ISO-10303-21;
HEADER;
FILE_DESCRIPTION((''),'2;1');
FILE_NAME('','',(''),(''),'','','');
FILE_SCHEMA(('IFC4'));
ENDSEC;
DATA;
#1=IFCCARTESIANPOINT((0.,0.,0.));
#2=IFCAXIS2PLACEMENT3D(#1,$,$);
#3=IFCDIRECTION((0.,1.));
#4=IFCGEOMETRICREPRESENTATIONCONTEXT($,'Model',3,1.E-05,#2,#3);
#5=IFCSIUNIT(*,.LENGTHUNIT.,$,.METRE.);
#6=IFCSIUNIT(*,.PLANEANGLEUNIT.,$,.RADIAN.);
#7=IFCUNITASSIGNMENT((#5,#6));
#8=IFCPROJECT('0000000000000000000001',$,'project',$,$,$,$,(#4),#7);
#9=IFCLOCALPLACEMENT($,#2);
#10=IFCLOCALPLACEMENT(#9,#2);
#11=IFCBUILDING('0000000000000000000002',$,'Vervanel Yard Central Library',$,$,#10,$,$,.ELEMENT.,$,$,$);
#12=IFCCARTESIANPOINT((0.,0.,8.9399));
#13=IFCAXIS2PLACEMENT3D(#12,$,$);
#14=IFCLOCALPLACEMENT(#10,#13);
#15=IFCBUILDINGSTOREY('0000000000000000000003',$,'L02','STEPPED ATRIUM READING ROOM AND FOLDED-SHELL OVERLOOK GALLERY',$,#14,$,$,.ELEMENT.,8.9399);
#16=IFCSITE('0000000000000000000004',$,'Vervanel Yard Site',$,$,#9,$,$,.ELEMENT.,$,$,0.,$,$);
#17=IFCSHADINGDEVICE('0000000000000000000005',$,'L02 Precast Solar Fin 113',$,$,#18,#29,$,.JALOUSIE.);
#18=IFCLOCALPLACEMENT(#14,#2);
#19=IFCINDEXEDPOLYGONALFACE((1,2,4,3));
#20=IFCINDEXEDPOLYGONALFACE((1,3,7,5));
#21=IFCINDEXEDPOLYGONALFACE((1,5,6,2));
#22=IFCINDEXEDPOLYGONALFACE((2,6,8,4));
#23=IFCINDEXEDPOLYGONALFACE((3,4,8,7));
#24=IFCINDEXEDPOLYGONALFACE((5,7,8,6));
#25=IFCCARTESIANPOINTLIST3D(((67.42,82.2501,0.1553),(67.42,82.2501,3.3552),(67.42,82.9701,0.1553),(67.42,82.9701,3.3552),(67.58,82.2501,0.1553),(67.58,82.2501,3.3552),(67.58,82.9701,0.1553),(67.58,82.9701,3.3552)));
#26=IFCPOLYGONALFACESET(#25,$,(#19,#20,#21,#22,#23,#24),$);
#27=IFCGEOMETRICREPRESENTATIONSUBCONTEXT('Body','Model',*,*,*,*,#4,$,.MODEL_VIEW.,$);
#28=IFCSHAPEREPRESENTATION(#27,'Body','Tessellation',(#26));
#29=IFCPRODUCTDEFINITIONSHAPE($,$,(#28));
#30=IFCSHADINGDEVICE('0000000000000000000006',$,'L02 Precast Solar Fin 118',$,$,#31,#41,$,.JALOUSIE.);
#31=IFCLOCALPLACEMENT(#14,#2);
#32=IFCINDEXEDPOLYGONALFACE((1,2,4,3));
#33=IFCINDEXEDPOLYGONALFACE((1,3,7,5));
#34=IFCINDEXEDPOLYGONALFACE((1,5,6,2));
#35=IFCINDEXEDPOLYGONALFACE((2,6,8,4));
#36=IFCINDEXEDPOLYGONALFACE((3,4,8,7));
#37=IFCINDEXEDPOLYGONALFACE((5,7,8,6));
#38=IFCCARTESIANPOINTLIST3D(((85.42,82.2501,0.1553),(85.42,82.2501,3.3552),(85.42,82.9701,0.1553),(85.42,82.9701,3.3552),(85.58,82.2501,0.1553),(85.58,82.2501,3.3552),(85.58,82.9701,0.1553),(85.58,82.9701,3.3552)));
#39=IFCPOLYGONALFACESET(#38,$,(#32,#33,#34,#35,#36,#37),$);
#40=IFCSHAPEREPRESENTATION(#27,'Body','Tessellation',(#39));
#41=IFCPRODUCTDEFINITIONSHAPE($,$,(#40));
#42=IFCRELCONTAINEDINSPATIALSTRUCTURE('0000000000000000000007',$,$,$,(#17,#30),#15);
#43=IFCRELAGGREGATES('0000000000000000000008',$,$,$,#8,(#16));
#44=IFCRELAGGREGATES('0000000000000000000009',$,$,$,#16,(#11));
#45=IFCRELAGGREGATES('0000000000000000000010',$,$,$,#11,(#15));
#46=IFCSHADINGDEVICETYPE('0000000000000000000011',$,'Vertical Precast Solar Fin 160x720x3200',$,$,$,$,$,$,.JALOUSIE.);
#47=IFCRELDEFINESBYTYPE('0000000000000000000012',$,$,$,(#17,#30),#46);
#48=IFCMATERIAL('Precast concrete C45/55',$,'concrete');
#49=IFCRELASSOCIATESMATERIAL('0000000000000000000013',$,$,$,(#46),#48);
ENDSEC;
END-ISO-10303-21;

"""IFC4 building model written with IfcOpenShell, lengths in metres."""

from ifc_helpers import new_model, si_unit, direction, frame, origin, origin_2d, place, context, subcontext, project, spatial, rectangle, extrude, material, type_object, element, save


model = new_model("IFC4")

# Units and contexts
model_context = context("Model", 3, precision=1e-05, world=origin(), true_north=direction((0.0, 1.0)))
body_context = subcontext(model_context, "Body", "Model", "MODEL_VIEW")
ifc_project = project(units=[si_unit("LENGTHUNIT", "METRE"), si_unit("PLANEANGLEUNIT", "RADIAN")], contexts=[model_context])

# Site, building, storey
site_placement = place(None, origin())
site = spatial("IfcSite", under=ifc_project, at=site_placement, Name="Vervanel Yard Site", CompositionType="ELEMENT", RefElevation=0.0)
building_placement = place(site_placement, origin())
building = spatial("IfcBuilding", under=site, at=building_placement, Name="Vervanel Yard Central Library", CompositionType="ELEMENT")
storey_placement = place(building_placement, frame((0.0, 0.0, 8.9399)))
storey = spatial("IfcBuildingStorey", under=building, at=storey_placement, Name="L02", Description="STEPPED ATRIUM READING ROOM AND FOLDED-SHELL OVERLOOK GALLERY", CompositionType="ELEMENT", Elevation=8.9399)

# Shading devices
ifc_material_1 = material(Name="Precast concrete C45/55", Category="concrete")
shading_device_type = type_object("IfcShadingDeviceType", Name="Vertical Precast Solar Fin 160x720x3200", PredefinedType="JALOUSIE", material=ifc_material_1)
for number, where, z_axis, x_axis, name in (
    (1, (67.5, 82.6101, 0.1553), (0.0, 0.0, 1.0), (1.0, 0.0, 0.0), "L02 Precast Solar Fin 113"),
    (2, (85.5, 82.6101, 0.1553), (0.0, 0.0, 1.0), (1.0, 0.0, 0.0), "L02 Precast Solar Fin 118"),
):
    element("IfcShadingDevice", number, at=place(storey_placement, frame(where, z_axis=z_axis, x_axis=x_axis)), inside=storey, type_object=shading_device_type, Name=name, PredefinedType="JALOUSIE", context=body_context, shape_type="SweptSolid", body=[
        extrude(rectangle(XDim=0.1599, YDim=0.72, at=origin_2d()), origin(), (0.0, 0.0, 1.0), 3.2),
    ])

save(model, "model.ifc")
